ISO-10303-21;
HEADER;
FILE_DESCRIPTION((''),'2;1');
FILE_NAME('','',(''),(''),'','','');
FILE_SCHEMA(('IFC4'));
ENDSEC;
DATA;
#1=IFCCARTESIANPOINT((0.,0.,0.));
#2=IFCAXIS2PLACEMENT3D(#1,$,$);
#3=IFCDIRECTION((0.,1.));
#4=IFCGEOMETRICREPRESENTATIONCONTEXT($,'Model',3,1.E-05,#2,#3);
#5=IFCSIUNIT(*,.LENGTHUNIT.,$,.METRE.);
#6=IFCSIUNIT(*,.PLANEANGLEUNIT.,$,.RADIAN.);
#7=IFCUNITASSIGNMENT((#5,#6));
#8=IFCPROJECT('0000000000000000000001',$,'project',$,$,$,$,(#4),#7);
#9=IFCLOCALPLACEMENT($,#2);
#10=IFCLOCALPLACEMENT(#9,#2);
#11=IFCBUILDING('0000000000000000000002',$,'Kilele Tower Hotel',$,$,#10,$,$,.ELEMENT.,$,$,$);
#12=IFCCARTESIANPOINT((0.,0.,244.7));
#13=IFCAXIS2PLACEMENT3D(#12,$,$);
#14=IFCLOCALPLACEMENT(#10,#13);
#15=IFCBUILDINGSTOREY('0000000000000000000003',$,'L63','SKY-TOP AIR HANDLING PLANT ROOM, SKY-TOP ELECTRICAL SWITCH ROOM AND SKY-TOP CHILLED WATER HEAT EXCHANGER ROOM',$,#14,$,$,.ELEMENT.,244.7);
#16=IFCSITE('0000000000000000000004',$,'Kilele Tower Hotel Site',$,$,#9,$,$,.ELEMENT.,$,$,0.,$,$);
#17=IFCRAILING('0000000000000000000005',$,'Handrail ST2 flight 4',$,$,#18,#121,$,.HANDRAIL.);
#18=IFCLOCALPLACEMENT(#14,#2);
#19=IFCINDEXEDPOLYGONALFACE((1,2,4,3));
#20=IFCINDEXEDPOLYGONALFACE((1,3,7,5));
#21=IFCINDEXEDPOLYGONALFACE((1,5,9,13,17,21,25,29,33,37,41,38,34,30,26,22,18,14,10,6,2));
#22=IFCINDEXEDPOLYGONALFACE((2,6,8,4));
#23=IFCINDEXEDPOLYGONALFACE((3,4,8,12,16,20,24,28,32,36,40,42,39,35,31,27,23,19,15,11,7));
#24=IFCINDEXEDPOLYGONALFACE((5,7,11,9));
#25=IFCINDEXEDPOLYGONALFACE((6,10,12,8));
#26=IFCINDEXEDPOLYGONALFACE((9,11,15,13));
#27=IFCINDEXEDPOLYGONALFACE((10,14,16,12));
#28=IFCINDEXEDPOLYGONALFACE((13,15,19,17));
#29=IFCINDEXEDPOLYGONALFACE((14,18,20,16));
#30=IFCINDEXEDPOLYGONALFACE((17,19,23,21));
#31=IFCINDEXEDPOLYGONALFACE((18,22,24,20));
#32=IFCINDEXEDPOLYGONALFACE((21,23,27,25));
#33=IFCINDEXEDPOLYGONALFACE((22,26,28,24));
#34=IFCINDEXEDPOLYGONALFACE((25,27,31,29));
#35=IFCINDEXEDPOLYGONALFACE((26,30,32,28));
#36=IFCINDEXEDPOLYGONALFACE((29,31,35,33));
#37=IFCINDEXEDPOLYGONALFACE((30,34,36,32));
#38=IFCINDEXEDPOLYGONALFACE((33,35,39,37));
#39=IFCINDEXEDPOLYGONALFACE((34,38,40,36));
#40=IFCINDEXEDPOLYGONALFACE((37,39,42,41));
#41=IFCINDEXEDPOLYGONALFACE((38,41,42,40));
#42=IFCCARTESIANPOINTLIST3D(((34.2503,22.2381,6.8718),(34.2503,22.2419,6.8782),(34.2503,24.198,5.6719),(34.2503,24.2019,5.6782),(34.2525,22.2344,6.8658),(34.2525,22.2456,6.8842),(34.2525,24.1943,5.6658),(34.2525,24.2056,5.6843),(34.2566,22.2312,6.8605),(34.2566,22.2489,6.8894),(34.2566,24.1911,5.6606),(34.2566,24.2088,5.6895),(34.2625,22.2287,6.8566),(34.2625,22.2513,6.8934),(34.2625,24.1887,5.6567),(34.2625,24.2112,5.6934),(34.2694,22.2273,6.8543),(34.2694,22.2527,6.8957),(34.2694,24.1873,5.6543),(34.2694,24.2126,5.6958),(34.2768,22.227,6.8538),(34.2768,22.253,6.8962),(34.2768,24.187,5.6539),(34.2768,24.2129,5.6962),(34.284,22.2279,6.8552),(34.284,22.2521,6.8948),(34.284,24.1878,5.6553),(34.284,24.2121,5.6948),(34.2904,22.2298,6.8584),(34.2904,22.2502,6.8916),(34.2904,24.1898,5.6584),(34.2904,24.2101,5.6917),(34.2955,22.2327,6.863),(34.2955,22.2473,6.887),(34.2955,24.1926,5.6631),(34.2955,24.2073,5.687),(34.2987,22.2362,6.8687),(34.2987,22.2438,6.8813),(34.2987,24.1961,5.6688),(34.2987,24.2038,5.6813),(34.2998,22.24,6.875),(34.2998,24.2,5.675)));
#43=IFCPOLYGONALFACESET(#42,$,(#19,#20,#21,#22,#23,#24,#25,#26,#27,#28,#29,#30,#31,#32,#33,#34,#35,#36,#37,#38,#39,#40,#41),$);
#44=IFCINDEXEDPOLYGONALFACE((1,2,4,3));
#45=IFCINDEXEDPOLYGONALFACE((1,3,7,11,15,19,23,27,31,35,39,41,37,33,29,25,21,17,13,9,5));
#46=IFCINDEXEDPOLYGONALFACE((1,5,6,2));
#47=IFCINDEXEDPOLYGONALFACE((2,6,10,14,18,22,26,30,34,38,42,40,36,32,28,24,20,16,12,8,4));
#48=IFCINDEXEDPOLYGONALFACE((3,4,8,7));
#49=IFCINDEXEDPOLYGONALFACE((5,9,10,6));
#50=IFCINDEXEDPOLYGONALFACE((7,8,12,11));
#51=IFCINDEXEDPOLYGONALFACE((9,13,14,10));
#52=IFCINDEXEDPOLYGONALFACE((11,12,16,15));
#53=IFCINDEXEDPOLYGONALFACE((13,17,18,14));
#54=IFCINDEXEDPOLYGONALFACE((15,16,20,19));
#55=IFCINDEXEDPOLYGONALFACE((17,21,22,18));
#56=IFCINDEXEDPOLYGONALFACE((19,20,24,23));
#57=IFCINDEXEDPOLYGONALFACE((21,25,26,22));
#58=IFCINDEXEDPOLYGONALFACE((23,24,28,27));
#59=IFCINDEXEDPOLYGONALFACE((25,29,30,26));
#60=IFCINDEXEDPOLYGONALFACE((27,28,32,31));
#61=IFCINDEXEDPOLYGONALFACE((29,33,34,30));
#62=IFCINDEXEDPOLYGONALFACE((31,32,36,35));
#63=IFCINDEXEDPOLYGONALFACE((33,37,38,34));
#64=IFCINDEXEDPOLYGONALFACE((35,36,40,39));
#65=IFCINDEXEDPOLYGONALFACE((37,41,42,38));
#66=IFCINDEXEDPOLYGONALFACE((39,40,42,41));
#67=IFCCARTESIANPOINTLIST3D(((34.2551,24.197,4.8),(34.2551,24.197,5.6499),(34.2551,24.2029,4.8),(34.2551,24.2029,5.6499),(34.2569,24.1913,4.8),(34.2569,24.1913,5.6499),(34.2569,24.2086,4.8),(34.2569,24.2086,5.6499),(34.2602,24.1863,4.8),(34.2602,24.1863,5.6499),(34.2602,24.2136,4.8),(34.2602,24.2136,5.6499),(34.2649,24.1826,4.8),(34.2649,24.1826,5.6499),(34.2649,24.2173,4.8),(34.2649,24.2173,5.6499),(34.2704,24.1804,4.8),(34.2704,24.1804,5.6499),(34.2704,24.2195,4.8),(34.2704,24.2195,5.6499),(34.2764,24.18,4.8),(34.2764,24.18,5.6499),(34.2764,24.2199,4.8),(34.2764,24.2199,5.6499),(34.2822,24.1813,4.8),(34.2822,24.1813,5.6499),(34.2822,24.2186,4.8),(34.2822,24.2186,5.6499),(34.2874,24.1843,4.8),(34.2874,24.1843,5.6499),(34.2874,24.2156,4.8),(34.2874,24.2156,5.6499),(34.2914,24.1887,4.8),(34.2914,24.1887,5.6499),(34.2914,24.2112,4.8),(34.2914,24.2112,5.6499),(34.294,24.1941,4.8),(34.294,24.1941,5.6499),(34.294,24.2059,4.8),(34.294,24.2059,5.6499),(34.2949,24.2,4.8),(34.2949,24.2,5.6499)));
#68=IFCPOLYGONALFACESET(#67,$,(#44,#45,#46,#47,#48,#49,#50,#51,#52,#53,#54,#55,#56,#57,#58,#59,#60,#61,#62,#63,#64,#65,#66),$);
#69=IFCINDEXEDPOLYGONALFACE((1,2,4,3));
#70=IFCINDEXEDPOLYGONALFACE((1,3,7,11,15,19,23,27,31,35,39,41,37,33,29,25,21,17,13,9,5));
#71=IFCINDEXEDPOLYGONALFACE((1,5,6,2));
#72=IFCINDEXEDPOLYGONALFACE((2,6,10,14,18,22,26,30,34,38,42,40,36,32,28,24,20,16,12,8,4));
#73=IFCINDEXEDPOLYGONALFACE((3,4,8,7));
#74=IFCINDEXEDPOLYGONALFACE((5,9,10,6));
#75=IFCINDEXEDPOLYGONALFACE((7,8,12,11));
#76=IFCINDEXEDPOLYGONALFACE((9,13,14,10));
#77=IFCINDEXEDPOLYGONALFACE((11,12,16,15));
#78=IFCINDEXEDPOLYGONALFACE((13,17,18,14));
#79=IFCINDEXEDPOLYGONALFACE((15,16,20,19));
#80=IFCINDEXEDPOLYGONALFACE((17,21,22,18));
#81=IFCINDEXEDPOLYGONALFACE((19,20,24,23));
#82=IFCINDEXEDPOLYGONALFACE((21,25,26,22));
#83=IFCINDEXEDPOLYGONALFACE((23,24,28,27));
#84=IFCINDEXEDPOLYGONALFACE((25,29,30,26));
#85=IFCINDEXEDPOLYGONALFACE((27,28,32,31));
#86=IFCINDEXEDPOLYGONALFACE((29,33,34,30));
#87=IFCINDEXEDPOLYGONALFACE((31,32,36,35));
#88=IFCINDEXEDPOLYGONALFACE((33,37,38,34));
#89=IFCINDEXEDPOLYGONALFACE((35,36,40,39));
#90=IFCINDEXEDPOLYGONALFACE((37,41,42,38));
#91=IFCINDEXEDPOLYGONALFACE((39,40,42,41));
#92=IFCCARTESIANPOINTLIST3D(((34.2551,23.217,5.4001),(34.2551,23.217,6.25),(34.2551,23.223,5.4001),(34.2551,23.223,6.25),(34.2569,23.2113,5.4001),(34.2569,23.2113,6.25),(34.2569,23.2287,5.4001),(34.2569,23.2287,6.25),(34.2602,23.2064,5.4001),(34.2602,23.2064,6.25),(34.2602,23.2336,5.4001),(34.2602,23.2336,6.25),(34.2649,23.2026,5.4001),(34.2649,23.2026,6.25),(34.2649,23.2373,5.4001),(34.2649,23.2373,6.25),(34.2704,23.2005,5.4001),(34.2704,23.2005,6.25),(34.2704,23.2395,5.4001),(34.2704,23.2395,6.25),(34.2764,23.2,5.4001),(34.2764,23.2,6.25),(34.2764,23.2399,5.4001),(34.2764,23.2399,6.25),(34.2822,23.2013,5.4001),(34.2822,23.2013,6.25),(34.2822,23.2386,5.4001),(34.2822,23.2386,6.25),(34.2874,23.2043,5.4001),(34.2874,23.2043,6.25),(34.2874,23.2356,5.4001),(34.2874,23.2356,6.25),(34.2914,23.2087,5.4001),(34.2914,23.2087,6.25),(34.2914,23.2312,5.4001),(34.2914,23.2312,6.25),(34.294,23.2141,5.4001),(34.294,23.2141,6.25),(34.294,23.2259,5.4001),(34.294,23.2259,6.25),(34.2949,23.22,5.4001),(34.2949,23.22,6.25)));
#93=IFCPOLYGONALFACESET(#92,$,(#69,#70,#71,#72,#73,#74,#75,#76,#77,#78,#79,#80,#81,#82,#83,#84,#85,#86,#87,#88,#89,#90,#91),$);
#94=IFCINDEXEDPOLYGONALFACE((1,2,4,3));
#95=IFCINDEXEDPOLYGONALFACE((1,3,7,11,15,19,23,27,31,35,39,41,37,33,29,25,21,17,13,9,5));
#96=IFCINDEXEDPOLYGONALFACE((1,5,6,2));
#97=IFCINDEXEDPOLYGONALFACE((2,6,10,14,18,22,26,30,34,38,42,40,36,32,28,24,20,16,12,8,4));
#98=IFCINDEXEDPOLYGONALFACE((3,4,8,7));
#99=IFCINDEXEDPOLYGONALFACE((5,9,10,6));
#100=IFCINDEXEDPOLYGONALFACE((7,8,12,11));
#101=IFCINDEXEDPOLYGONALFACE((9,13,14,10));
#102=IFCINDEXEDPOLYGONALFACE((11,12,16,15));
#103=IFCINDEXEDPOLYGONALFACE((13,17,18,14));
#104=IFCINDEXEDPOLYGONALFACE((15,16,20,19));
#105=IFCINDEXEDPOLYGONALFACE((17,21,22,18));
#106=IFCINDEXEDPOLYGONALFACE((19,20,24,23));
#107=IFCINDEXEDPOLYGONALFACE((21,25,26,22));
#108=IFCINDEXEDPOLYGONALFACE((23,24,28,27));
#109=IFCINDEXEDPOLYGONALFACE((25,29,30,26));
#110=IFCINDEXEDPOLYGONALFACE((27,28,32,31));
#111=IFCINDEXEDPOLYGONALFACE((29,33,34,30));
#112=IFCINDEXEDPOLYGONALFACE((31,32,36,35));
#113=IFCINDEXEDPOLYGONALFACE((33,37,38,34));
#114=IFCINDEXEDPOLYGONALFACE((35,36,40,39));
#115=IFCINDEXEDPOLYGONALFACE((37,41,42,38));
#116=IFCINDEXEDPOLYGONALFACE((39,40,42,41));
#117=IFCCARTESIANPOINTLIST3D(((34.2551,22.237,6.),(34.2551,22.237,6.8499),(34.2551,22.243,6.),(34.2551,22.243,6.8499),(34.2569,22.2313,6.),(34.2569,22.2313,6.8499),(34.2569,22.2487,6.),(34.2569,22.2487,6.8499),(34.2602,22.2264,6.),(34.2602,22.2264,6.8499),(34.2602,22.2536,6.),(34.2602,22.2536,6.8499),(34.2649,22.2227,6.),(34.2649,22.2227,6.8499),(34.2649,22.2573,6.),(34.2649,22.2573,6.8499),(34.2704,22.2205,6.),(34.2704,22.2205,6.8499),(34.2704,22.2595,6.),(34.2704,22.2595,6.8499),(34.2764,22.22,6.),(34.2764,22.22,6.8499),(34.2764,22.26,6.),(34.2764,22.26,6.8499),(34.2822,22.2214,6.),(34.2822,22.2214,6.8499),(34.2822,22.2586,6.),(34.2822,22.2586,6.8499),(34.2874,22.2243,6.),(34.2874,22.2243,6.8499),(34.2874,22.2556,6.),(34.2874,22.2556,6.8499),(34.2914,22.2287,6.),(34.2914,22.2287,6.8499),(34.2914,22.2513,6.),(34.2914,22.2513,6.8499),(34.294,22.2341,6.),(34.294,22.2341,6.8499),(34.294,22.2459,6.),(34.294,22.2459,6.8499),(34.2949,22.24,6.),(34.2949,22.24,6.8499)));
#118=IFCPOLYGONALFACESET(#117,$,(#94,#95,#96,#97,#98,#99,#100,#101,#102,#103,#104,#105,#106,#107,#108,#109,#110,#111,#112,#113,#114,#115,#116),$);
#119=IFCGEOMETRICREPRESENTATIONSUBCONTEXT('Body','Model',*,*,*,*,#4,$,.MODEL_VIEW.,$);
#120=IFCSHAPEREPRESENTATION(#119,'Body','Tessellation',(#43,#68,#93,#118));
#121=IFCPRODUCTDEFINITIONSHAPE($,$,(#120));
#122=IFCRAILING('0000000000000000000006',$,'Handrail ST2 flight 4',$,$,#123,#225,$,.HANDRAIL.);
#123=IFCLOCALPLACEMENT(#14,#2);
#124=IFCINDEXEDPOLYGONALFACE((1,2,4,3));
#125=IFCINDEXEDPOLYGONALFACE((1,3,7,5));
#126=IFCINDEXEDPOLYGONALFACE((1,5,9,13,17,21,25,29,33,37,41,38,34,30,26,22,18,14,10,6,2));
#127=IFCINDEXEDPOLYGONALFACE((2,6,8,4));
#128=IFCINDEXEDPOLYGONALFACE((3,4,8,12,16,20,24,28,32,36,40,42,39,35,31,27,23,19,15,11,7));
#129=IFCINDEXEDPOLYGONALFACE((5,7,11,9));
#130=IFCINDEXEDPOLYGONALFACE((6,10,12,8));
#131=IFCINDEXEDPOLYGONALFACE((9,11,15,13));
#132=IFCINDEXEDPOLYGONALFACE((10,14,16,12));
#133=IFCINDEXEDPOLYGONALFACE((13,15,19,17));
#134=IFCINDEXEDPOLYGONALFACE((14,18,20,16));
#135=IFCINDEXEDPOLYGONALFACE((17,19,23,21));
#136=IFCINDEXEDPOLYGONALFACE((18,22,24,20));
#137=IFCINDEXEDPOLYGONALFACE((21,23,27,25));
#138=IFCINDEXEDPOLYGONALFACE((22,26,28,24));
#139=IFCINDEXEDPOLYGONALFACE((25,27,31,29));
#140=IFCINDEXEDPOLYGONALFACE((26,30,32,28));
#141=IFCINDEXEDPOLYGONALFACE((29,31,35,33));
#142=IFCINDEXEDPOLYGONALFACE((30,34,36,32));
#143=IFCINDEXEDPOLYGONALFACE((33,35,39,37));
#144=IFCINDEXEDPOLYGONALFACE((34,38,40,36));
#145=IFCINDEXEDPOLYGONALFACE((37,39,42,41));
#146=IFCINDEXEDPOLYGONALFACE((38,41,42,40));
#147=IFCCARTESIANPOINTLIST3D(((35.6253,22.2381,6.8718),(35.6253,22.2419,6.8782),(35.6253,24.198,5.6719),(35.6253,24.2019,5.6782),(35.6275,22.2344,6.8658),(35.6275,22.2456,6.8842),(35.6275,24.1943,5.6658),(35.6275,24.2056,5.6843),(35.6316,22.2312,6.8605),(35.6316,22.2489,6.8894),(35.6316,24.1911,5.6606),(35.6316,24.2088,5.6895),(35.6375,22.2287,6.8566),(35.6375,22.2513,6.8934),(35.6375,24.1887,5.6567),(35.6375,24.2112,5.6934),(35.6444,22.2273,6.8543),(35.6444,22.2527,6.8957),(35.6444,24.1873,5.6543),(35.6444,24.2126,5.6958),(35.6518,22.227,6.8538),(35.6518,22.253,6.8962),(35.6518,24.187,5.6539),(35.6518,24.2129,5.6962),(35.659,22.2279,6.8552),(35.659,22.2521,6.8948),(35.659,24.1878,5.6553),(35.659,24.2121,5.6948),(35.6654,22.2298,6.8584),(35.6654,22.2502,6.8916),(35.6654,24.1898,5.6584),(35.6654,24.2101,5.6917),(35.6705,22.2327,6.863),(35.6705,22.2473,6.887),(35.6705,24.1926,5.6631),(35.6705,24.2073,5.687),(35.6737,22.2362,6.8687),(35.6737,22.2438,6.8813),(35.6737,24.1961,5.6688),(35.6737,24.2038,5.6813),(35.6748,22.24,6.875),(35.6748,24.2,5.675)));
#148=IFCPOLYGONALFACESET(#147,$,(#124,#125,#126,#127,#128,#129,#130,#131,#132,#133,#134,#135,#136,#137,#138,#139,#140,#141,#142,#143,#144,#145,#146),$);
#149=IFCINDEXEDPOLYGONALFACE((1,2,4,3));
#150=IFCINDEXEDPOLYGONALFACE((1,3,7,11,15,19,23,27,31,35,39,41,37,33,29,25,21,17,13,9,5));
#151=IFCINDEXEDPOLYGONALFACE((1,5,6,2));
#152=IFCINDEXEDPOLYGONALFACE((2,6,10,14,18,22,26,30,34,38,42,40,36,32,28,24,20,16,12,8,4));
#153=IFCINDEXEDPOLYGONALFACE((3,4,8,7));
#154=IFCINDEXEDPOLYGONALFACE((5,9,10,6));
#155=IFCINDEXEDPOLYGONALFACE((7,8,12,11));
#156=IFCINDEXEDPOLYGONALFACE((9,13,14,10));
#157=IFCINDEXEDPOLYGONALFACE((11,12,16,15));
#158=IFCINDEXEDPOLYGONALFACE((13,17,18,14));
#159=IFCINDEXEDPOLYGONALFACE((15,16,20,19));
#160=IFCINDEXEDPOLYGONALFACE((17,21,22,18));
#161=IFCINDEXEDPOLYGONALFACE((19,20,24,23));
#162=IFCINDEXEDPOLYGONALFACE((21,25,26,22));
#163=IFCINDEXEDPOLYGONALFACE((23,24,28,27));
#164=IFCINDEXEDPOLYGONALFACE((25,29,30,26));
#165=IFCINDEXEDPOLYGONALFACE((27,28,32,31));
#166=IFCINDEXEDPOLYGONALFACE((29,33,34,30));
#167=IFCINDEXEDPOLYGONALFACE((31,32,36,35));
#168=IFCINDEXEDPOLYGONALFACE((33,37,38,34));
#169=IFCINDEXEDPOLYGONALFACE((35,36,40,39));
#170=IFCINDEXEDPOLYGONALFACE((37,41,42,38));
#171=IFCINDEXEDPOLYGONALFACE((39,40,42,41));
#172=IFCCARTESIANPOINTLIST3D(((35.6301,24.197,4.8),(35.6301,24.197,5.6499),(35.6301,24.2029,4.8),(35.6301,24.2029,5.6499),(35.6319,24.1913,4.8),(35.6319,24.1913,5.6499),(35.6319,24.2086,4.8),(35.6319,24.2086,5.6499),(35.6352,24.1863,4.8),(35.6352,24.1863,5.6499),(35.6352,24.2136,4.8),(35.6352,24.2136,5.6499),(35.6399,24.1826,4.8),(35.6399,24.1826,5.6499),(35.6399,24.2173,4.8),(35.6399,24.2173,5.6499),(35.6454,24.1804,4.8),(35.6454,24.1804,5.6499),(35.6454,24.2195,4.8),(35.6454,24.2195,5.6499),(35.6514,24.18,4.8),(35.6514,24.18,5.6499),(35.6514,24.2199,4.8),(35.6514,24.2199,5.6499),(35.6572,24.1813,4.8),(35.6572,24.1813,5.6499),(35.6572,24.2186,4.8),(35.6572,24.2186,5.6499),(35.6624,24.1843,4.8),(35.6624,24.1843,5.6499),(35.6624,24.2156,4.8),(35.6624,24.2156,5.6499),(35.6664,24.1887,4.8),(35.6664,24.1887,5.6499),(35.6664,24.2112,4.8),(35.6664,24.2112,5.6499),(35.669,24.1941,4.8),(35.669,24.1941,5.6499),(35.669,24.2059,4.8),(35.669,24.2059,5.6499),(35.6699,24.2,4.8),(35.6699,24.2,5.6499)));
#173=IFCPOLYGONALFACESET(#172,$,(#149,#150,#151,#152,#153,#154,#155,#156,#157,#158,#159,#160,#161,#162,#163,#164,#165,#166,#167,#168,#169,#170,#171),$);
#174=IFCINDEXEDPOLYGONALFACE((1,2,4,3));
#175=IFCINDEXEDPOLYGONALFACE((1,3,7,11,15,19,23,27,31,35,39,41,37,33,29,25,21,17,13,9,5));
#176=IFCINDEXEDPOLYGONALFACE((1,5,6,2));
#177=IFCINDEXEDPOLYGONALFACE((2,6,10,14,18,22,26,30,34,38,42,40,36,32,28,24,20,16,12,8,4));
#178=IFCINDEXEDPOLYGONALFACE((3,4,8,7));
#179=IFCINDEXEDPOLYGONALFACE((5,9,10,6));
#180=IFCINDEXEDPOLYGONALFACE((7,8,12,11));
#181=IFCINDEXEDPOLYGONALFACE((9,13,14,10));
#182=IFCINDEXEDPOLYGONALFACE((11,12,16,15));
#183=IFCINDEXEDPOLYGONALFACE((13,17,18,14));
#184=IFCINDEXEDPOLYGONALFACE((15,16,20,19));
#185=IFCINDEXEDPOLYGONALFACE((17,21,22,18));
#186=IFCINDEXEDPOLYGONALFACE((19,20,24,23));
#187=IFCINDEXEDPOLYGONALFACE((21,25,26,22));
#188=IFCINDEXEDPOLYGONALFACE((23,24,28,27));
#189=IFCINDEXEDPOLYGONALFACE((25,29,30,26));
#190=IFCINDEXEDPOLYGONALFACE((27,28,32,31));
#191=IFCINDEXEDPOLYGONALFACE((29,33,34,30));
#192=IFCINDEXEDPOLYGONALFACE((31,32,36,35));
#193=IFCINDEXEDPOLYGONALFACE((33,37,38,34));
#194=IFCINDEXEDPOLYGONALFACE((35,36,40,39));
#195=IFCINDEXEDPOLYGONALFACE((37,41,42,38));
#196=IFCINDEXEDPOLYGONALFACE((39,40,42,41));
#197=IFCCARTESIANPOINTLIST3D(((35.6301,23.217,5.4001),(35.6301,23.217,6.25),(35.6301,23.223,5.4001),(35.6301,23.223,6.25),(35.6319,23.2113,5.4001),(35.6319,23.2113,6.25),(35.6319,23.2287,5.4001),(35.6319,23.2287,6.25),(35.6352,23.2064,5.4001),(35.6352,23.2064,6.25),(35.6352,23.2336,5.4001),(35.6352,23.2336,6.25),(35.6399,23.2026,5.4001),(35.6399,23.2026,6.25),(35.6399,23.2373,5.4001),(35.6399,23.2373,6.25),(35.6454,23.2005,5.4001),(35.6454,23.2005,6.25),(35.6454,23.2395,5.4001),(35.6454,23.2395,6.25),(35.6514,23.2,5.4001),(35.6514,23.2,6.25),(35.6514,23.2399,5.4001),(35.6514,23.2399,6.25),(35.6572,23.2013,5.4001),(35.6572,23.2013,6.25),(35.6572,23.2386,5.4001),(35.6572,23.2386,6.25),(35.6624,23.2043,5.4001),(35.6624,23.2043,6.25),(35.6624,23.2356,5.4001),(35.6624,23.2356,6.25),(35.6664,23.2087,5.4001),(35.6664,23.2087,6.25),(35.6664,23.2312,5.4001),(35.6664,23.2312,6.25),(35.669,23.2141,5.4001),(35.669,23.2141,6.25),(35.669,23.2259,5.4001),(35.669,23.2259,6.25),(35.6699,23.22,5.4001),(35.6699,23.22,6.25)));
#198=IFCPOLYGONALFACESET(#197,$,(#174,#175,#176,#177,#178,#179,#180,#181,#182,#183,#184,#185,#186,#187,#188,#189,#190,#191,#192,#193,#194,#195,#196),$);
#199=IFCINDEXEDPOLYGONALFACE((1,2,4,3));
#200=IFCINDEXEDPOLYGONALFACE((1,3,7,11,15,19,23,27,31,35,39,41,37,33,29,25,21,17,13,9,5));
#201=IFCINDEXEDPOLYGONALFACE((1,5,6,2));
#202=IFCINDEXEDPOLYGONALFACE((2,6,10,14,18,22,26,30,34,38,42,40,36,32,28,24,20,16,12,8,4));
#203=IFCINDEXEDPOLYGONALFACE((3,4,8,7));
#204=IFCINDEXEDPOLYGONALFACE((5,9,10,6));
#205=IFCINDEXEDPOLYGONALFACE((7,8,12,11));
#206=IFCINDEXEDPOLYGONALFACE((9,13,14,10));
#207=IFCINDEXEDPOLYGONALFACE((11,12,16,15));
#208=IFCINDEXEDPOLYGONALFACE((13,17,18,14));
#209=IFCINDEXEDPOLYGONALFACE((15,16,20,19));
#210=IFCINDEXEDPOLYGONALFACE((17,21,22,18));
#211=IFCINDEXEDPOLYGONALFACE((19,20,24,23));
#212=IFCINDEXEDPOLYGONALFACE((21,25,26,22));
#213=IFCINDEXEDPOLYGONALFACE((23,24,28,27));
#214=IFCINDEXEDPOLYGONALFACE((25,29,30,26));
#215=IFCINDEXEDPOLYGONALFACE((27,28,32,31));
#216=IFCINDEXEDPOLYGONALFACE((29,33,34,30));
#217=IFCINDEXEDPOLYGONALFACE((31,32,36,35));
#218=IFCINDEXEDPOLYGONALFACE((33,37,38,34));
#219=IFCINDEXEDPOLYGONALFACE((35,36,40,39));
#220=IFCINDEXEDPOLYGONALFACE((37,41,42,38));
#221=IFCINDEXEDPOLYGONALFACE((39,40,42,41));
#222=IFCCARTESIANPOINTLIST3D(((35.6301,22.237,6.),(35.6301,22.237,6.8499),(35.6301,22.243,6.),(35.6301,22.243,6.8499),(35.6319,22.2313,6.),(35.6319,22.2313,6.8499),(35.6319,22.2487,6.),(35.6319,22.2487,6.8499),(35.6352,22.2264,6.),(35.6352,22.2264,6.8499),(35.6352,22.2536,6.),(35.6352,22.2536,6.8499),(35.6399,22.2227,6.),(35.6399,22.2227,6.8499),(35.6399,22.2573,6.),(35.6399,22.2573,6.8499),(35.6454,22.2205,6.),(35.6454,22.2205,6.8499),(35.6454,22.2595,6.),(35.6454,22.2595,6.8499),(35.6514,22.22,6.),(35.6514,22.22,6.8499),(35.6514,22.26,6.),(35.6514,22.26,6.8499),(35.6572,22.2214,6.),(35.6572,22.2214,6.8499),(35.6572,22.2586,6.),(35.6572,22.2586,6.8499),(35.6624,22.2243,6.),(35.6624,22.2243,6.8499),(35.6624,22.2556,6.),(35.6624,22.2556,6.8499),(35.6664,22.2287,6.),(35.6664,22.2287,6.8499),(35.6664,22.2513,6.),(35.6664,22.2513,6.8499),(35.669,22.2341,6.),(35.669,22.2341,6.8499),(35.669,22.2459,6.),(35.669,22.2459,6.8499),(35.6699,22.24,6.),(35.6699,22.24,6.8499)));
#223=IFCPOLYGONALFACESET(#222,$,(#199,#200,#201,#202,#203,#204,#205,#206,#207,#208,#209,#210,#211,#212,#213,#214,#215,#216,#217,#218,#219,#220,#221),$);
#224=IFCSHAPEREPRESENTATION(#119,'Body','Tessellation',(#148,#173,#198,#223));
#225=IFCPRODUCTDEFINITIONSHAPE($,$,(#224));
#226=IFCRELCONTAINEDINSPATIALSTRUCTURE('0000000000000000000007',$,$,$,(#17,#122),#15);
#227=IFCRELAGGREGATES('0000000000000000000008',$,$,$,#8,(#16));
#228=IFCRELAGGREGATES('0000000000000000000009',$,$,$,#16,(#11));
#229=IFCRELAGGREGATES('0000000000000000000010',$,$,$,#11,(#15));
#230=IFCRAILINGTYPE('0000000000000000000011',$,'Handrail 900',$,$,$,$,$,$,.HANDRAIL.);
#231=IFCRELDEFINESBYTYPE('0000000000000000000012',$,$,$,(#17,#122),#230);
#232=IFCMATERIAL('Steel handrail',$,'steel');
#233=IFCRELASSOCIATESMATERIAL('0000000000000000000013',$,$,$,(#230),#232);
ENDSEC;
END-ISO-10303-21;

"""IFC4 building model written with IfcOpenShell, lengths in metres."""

from ifc_helpers import new_model, si_unit, direction, frame, origin, origin_2d, place, context, subcontext, project, spatial, circle, extrude, material, type_object, element, save


model = new_model("IFC4")

# Units and contexts
model_context = context("Model", 3, precision=1e-05, world=origin(), true_north=direction((0.0, 1.0)))
body_context = subcontext(model_context, "Body", "Model", "MODEL_VIEW")
ifc_project = project(units=[si_unit("LENGTHUNIT", "METRE"), si_unit("PLANEANGLEUNIT", "RADIAN")], contexts=[model_context])

# Site, building, storey
site_placement = place(None, origin())
site = spatial("IfcSite", under=ifc_project, at=site_placement, Name="Kilele Tower Hotel Site", CompositionType="ELEMENT", RefElevation=0.0)
building_placement = place(site_placement, origin())
building = spatial("IfcBuilding", under=site, at=building_placement, Name="Kilele Tower Hotel", CompositionType="ELEMENT")
storey_placement = place(building_placement, frame((0.0, 0.0, 244.7)))
storey = spatial("IfcBuildingStorey", under=building, at=storey_placement, Name="L63", Description="SKY-TOP AIR HANDLING PLANT ROOM, SKY-TOP ELECTRICAL SWITCH ROOM AND SKY-TOP CHILLED WATER HEAT EXCHANGER ROOM", CompositionType="ELEMENT", Elevation=244.7)

# Railings
ifc_material_1 = material(Name="Steel handrail", Category="steel")
railing_type_1 = type_object("IfcRailingType", Name="Handrail 900", PredefinedType="HANDRAIL", material=ifc_material_1)
for number, where, name in (
    (1, (34.2749, 24.2, 4.8), "Handrail ST2 flight 4"),
    (2, (35.6499, 24.2, 4.8), "Handrail ST2 flight 4"),
):
    element("IfcRailing", number, at=place(storey_placement, frame(where)), inside=storey, type_object=railing_type_1, Name=name, PredefinedType="HANDRAIL", context=body_context, shape_type="SweptSolid", body=[
        extrude(circle(Radius=0.0249, at=origin_2d()), frame((0.0, 0.0, 0.875), z_axis=(0.0, -0.852856, 0.522146), x_axis=(1.0, 0.0, 0.0)), (0.0, 0.0, 1.0), 2.2981),
        extrude(circle(Radius=0.02, at=origin_2d()), origin(), (0.0, 0.0, 1.0), 0.8499),
        extrude(circle(Radius=0.02, at=origin_2d()), frame((0.0, -0.98, 0.6001)), (0.0, 0.0, 1.0), 0.8499),
        extrude(circle(Radius=0.02, at=origin_2d()), frame((0.0, -1.96, 1.2)), (0.0, 0.0, 1.0), 0.8499),
    ])

save(model, "model.ifc")
